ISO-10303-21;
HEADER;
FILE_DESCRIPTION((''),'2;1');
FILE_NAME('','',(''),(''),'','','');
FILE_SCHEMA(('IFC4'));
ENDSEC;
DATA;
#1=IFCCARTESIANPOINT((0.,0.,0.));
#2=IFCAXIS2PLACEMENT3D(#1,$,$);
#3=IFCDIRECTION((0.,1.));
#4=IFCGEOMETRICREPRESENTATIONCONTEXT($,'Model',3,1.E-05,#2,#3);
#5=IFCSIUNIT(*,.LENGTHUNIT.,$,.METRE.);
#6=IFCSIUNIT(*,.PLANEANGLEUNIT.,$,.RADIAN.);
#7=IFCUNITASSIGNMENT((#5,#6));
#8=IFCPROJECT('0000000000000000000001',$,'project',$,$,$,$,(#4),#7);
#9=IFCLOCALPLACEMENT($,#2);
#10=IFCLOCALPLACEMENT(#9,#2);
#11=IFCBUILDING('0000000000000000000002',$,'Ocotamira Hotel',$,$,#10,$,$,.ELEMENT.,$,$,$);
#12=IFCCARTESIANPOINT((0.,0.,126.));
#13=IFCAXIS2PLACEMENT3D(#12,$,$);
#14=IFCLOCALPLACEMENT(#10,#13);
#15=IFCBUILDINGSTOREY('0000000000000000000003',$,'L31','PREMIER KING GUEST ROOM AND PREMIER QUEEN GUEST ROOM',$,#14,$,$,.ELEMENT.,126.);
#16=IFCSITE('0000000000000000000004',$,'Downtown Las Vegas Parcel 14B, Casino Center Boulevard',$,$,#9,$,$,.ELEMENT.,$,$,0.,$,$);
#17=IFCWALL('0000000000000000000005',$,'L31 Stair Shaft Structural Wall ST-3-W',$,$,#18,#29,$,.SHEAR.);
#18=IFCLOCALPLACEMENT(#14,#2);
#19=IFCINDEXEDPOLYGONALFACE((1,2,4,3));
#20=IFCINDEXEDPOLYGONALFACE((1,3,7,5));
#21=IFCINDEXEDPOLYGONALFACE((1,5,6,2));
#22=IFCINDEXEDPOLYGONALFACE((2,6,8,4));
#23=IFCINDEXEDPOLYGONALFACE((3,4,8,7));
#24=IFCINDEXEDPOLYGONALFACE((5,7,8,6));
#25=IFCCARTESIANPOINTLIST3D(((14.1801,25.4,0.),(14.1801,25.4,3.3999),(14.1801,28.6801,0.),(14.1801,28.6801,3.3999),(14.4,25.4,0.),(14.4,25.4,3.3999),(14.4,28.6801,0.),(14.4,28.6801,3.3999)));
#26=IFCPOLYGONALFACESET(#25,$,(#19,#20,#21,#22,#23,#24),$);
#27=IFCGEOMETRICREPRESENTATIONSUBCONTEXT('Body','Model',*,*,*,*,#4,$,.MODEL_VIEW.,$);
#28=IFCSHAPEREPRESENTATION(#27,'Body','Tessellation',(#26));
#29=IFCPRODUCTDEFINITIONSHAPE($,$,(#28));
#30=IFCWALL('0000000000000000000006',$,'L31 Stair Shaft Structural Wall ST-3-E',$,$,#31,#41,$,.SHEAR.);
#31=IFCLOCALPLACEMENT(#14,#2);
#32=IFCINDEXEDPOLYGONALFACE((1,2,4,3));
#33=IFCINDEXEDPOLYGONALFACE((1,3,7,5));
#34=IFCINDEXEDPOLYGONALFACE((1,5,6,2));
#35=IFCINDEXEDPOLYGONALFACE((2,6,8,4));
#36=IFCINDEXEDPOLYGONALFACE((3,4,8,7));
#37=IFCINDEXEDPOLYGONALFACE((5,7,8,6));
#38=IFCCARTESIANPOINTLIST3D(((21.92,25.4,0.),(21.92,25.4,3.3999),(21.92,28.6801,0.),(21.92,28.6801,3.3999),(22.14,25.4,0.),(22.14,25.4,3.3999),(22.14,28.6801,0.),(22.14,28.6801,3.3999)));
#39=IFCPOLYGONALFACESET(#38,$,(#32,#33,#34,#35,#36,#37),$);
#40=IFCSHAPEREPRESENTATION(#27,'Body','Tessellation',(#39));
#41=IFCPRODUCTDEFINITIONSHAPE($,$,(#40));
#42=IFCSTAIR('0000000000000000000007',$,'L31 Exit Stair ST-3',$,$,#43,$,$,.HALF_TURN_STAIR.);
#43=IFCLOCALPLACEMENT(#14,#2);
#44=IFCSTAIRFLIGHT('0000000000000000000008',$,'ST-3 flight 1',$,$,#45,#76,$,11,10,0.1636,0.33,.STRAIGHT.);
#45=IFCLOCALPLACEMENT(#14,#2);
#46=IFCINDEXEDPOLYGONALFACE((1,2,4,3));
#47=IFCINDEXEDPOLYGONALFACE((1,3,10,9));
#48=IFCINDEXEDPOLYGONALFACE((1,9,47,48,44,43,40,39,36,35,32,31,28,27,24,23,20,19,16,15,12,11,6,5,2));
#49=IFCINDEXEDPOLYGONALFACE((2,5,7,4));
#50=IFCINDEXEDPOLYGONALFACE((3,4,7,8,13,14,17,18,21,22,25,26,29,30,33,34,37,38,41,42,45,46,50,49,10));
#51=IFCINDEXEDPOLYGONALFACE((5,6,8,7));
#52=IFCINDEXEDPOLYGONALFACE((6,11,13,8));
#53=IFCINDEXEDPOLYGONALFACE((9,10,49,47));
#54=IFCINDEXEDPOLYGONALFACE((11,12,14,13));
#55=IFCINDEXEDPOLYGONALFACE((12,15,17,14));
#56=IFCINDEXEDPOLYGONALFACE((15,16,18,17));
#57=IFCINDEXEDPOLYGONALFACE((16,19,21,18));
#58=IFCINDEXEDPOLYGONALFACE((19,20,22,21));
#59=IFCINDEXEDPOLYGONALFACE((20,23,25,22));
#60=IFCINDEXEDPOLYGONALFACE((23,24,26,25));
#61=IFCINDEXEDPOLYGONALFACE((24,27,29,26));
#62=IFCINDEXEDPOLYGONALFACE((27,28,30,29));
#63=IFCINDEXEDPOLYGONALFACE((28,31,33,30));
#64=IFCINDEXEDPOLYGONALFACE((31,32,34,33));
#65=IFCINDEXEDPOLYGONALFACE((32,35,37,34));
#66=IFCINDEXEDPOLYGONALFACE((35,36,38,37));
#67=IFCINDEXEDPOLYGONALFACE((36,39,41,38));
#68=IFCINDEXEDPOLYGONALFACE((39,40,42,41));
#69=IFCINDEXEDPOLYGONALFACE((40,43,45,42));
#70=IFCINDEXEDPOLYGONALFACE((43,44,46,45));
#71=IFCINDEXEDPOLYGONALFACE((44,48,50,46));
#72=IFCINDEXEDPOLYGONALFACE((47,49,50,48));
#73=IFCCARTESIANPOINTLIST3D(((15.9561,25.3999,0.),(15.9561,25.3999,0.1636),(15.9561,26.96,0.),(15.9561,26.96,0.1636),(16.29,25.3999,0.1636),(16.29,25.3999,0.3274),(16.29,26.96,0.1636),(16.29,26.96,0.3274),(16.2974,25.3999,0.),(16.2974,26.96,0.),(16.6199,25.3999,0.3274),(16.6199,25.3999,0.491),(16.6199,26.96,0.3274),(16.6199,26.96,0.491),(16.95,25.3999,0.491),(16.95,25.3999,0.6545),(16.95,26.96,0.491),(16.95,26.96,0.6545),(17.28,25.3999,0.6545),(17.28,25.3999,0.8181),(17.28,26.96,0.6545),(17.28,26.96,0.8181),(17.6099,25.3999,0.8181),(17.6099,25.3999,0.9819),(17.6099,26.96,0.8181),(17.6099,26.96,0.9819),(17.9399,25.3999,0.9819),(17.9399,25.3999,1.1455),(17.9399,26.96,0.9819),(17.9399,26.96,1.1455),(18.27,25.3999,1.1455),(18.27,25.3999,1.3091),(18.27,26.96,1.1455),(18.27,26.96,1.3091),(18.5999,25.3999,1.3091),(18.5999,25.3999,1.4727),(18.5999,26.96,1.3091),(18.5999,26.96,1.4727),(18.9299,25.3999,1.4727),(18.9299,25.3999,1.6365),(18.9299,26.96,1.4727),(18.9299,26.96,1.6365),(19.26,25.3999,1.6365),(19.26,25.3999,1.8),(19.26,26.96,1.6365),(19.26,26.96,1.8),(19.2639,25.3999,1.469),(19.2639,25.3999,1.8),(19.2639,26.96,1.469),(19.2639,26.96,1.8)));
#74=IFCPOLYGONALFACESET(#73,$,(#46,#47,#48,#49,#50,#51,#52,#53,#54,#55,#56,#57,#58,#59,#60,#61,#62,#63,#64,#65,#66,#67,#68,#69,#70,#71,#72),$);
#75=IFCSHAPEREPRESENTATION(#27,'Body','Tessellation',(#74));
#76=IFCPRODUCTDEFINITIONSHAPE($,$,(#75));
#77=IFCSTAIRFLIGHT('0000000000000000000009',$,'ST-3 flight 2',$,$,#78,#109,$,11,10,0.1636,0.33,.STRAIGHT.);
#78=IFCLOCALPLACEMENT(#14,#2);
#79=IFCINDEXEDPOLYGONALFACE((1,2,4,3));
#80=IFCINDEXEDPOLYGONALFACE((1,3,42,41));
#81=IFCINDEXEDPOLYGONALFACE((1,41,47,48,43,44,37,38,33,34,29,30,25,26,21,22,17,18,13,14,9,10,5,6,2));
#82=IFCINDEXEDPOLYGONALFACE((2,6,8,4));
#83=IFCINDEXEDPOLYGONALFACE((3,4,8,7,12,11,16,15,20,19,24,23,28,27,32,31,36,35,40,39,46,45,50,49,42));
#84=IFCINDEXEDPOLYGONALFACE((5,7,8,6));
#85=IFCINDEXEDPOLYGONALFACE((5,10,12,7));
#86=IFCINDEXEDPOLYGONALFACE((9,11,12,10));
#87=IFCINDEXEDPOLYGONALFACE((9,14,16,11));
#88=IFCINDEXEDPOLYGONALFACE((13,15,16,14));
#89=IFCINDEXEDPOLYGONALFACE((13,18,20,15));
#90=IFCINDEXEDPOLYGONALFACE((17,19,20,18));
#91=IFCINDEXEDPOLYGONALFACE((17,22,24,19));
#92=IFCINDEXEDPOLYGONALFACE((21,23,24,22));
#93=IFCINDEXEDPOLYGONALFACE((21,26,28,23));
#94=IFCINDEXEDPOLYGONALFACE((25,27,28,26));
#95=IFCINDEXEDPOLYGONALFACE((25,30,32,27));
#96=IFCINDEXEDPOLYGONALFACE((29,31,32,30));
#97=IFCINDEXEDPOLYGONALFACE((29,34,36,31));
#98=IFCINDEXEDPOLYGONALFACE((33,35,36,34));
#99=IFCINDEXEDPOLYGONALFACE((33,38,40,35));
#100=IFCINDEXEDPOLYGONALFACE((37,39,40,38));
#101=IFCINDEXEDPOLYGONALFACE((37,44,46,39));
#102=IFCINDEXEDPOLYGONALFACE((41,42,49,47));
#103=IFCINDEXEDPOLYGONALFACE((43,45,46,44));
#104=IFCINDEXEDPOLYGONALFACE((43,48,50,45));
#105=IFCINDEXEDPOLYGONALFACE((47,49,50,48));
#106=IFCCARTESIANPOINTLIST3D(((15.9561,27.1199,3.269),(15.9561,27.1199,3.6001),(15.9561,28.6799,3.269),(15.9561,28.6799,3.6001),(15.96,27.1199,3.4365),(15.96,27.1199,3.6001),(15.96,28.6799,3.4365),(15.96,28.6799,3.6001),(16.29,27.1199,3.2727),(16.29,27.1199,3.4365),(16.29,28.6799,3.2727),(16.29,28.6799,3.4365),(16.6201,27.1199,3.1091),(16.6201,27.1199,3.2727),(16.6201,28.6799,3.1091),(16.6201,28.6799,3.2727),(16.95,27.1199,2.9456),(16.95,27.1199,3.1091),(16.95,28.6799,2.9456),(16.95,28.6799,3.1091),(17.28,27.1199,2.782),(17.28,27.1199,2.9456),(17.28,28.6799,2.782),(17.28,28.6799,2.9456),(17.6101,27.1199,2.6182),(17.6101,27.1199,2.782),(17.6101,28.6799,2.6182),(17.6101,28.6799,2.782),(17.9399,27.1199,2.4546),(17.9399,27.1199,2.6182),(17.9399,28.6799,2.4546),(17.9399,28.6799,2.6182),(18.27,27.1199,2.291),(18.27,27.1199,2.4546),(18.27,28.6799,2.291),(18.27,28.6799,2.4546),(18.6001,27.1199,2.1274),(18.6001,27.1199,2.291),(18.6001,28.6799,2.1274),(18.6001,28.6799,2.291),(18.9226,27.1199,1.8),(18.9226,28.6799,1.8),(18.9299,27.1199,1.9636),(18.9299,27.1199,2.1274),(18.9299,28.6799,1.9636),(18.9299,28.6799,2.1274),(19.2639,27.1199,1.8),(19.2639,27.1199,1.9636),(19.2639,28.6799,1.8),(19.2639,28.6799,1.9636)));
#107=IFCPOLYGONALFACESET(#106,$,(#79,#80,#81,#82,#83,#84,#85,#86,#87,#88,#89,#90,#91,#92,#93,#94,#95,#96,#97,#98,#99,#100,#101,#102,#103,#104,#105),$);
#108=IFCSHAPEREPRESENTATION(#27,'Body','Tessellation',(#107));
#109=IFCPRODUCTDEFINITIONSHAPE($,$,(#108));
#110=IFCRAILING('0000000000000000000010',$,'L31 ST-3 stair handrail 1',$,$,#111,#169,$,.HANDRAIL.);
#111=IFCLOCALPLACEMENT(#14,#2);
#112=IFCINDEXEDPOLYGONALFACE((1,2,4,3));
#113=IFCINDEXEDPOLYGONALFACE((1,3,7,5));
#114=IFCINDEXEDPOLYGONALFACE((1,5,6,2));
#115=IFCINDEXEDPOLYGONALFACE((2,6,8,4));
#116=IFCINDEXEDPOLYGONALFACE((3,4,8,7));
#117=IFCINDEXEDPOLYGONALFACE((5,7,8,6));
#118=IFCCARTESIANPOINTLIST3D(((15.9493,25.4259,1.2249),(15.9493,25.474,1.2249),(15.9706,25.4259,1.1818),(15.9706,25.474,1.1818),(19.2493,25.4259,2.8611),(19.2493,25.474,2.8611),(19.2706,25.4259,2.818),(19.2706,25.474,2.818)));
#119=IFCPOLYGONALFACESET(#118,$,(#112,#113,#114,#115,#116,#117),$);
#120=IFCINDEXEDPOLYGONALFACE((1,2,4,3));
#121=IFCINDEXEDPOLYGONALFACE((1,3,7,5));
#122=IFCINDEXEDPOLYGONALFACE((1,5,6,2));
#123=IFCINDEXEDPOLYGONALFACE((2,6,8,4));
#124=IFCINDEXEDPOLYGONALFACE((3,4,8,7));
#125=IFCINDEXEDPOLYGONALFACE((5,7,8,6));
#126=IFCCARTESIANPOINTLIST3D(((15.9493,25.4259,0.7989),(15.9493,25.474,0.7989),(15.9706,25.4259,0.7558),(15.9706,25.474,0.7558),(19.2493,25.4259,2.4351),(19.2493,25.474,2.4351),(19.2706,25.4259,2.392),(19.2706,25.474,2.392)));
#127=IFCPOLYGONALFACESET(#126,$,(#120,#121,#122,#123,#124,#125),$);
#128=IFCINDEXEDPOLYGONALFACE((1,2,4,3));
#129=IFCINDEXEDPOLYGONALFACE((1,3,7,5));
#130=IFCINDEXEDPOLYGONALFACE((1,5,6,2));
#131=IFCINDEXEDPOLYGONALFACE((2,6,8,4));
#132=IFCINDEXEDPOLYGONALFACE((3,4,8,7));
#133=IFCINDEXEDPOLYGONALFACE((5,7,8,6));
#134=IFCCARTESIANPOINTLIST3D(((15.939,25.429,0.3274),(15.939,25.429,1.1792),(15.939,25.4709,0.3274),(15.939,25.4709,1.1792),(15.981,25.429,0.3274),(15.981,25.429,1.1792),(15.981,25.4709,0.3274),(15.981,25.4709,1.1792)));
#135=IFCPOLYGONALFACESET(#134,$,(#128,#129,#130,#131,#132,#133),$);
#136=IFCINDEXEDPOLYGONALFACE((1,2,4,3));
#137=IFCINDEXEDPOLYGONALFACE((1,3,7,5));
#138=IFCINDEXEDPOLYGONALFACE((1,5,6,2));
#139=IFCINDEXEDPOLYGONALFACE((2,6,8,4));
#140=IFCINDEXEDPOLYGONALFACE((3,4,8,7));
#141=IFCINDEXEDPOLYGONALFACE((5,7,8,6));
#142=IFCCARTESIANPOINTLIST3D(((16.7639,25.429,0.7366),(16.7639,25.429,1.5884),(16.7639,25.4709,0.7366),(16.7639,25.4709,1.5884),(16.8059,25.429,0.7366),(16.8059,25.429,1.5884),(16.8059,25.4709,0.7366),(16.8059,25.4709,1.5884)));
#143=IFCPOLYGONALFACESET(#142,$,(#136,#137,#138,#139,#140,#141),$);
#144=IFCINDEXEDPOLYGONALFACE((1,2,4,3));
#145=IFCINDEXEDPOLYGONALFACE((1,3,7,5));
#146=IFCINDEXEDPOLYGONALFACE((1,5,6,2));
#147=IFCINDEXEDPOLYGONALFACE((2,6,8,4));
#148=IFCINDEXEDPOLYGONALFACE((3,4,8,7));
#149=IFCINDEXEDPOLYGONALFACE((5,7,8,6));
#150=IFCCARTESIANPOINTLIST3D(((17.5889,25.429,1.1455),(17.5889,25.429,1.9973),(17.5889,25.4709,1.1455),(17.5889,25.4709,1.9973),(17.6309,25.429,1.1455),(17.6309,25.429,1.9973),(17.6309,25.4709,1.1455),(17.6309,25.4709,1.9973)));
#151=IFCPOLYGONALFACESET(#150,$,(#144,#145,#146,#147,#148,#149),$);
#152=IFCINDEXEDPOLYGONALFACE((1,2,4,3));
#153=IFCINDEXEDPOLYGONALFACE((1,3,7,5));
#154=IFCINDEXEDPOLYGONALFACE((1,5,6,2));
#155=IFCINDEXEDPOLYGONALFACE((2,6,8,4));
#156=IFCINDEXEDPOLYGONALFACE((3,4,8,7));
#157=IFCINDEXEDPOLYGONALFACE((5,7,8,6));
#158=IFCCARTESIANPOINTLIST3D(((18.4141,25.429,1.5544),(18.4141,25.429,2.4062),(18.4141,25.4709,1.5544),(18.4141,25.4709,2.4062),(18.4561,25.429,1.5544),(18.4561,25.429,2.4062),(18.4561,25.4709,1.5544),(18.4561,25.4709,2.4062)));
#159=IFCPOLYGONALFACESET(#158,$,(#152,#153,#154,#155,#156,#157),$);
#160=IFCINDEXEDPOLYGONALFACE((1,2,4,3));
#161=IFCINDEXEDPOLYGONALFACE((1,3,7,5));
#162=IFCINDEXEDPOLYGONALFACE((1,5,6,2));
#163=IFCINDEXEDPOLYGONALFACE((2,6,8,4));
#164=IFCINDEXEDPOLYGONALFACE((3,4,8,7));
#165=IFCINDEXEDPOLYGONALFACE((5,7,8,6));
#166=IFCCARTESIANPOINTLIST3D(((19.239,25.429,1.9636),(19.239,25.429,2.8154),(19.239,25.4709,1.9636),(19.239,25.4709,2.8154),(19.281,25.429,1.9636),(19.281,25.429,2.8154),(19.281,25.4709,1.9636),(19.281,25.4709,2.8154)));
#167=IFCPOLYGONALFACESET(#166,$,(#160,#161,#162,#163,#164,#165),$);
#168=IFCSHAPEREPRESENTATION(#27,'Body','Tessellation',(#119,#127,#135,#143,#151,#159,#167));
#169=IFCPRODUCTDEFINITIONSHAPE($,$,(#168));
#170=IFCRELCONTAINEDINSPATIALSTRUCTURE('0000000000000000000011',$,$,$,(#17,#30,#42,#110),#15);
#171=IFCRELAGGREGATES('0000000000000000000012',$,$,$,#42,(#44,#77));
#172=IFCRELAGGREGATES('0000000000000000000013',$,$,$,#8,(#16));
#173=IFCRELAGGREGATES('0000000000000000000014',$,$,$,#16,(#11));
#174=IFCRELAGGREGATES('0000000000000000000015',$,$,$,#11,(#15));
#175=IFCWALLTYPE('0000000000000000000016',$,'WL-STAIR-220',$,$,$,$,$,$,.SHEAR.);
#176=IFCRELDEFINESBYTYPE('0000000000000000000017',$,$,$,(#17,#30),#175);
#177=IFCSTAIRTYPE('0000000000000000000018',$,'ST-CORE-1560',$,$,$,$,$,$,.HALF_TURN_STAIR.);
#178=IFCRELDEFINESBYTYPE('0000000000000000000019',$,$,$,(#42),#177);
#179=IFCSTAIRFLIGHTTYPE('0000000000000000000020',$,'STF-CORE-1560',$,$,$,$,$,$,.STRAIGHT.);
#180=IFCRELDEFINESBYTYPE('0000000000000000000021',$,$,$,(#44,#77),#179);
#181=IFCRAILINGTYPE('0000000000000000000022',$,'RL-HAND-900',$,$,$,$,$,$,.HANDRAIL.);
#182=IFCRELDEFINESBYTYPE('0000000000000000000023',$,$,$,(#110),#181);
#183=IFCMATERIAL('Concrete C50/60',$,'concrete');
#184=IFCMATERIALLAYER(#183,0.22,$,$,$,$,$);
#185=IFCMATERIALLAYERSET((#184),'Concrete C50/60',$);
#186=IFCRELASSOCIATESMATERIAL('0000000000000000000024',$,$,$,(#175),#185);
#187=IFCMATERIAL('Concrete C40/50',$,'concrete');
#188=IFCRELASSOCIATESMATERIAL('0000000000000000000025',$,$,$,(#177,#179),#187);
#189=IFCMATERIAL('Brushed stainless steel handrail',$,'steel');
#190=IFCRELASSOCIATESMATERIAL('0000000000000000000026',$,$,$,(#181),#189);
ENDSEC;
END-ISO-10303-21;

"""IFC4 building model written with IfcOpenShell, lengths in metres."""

from ifc_helpers import new_model, si_unit, direction, frame, frame_2d, origin, origin_2d, place, context, subcontext, project, spatial, polyline, rectangle, outline, extrude, source, transform, mapped, material, layer, layer_set, type_object, element, aggregate, save


model = new_model("IFC4")

# Units and contexts
model_context = context("Model", 3, precision=1e-05, world=origin(), true_north=direction((0.0, 1.0)))
body_context = subcontext(model_context, "Body", "Model", "MODEL_VIEW")
ifc_project = project(units=[si_unit("LENGTHUNIT", "METRE"), si_unit("PLANEANGLEUNIT", "RADIAN")], contexts=[model_context])

# Site, building, storey
site_placement = place(None, origin())
site = spatial("IfcSite", under=ifc_project, at=site_placement, Name="Downtown Las Vegas Parcel 14B, Casino Center Boulevard", CompositionType="ELEMENT", RefElevation=0.0)
building_placement = place(site_placement, origin())
building = spatial("IfcBuilding", under=site, at=building_placement, Name="Ocotamira Hotel", CompositionType="ELEMENT")
storey_placement = place(building_placement, frame((0.0, 0.0, 126.0)))
storey = spatial("IfcBuildingStorey", under=building, at=storey_placement, Name="L31", Description="PREMIER KING GUEST ROOM AND PREMIER QUEEN GUEST ROOM", CompositionType="ELEMENT", Elevation=126.0)

# Shared definitions
ifc_material_1 = material(Name="Concrete C50/60", Category="concrete")
ifc_layer_1 = layer(ifc_material_1, 0.22)
ifc_layer_set_1 = layer_set([ifc_layer_1], Name="Concrete C50/60")
wall_type_1 = type_object("IfcWallType", Name="WL-STAIR-220", PredefinedType="SHEAR", material=ifc_layer_set_1)

# Walls
for number, where, z_axis, x_axis, name in (
    (1, (14.29, 25.3999, 0.0), (0.0, 0.0, 1.0), (0.0, 1.0, 0.0), "L31 Stair Shaft Structural Wall ST-3-W"),
    (2, (22.03, 25.3999, 0.0), (0.0, 0.0, 1.0), (0.0, 1.0, 0.0), "L31 Stair Shaft Structural Wall ST-3-E"),
):
    element("IfcWall", number, at=place(storey_placement, frame(where, z_axis=z_axis, x_axis=x_axis)), inside=storey, type_object=wall_type_1, Name=name, PredefinedType="SHEAR", context=body_context, shape_type="SweptSolid", body=[
        extrude(rectangle(XDim=3.28, YDim=0.22, at=frame_2d((1.6401, 0.0))), origin(), (0.0, 0.0, 1.0), 3.3999),
    ])

# Stair, stair flights
ifc_material_2 = material(Name="Concrete C40/50", Category="concrete")
stair_type = type_object("IfcStairType", Name="ST-CORE-1560", PredefinedType="HALF_TURN_STAIR", material=ifc_material_2)
stair_placement = place(storey_placement, origin())
stair = element("IfcStair", 3, at=stair_placement, inside=storey, type_object=stair_type, Name="L31 Exit Stair ST-3", PredefinedType="HALF_TURN_STAIR")
stair_flight_type = type_object("IfcStairFlightType", Name="STF-CORE-1560", PredefinedType="STRAIGHT", material=ifc_material_2)
shared_shape_1 = source(origin(), body_context, "Body", "SweptSolid", [
    extrude(outline(polyline([(-0.0039, 0.0), (-0.0039, 0.1636), (0.3301, 0.1636), (0.3301, 0.3274), (0.6599, 0.3274), (0.6599, 0.491), (0.99, 0.491), (0.99, 0.6545), (1.3201, 0.6545), (1.3201, 0.8181), (1.6499, 0.8181), (1.6499, 0.9819), (1.98, 0.9819), (1.98, 1.1455), (2.3101, 1.1455), (2.3101, 1.3091), (2.6399, 1.3091), (2.6399, 1.4727), (2.97, 1.4727), (2.97, 1.6365), (3.3, 1.6365), (3.3, 1.8), (3.304, 1.8), (3.304, 1.469), (0.3374, 0.0), (-0.0039, 0.0)])), frame((0.0, 0.78, 0.0), z_axis=(0.0, -1.0, 0.0), x_axis=(1.0, 0.0, 0.0)), (0.0, 0.0, 1.0), 1.5601),
])
stair_flight_1_placement = place(storey_placement, frame((15.96, 26.1799, 0.0), z_axis=(0.0, 0.0, 1.0), x_axis=(1.0, 0.0, 0.0)))
stair_flight_1 = element("IfcStairFlight", 4, at=stair_flight_1_placement, type_object=stair_flight_type, Name="ST-3 flight 1", NumberOfRisers=11, NumberOfTreads=10, PredefinedType="STRAIGHT", RiserHeight=0.1636, TreadLength=0.33, context=body_context, shape_type="MappedRepresentation", body=[
    mapped(shared_shape_1, transform((0.0, 0.0, 0.0), scale=1.0)),
])
stair_flight_2_placement = place(storey_placement, frame((19.26, 27.8999, 1.8), z_axis=(0.0, 0.0, 1.0), x_axis=(-1.0, 0.0, 0.0)))
stair_flight_2 = element("IfcStairFlight", 5, at=stair_flight_2_placement, type_object=stair_flight_type, Name="ST-3 flight 2", NumberOfRisers=11, NumberOfTreads=10, PredefinedType="STRAIGHT", RiserHeight=0.1636, TreadLength=0.33, context=body_context, shape_type="MappedRepresentation", body=[
    mapped(shared_shape_1, transform((0.0, 0.0, 0.0), scale=1.0)),
])
aggregate(stair, [stair_flight_1, stair_flight_2])

# Railing
ifc_material_3 = material(Name="Brushed stainless steel handrail", Category="steel")
railing_type_1 = type_object("IfcRailingType", Name="RL-HAND-900", PredefinedType="HANDRAIL", material=ifc_material_3)
railing_1_placement = place(storey_placement, frame((15.96, 25.45, 0.3274)))
element("IfcRailing", 6, at=railing_1_placement, inside=storey, type_object=railing_type_1, Name="L31 ST-3 stair handrail 1", PredefinedType="HANDRAIL", context=body_context, shape_type="SweptSolid", body=[
    extrude(rectangle(XDim=0.0481, YDim=0.0481, at=origin_2d()), frame((0.0, 0.0, 0.876), z_axis=(0.89592, 0.0, 0.444215), x_axis=(0.0, 1.0, 0.0)), (0.0, 0.0, 1.0), 3.6833),
    extrude(rectangle(XDim=0.0481, YDim=0.0481, at=origin_2d()), frame((0.0, 0.0, 0.45), z_axis=(0.89592, 0.0, 0.444215), x_axis=(0.0, 1.0, 0.0)), (0.0, 0.0, 1.0), 3.6833),
    extrude(rectangle(XDim=0.042, YDim=0.042, at=origin_2d()), origin(), (0.0, 0.0, 1.0), 0.8518),
    extrude(rectangle(XDim=0.042, YDim=0.042, at=origin_2d()), frame((0.825, 0.0, 0.4092)), (0.0, 0.0, 1.0), 0.8518),
    extrude(rectangle(XDim=0.042, YDim=0.042, at=origin_2d()), frame((1.6499, 0.0, 0.8181)), (0.0, 0.0, 1.0), 0.8518),
    extrude(rectangle(XDim=0.042, YDim=0.042, at=origin_2d()), frame((2.4751, 0.0, 1.2271)), (0.0, 0.0, 1.0), 0.8518),
    extrude(rectangle(XDim=0.042, YDim=0.042, at=origin_2d()), frame((3.3, 0.0, 1.6362)), (0.0, 0.0, 1.0), 0.8518),
])

save(model, "model.ifc")
